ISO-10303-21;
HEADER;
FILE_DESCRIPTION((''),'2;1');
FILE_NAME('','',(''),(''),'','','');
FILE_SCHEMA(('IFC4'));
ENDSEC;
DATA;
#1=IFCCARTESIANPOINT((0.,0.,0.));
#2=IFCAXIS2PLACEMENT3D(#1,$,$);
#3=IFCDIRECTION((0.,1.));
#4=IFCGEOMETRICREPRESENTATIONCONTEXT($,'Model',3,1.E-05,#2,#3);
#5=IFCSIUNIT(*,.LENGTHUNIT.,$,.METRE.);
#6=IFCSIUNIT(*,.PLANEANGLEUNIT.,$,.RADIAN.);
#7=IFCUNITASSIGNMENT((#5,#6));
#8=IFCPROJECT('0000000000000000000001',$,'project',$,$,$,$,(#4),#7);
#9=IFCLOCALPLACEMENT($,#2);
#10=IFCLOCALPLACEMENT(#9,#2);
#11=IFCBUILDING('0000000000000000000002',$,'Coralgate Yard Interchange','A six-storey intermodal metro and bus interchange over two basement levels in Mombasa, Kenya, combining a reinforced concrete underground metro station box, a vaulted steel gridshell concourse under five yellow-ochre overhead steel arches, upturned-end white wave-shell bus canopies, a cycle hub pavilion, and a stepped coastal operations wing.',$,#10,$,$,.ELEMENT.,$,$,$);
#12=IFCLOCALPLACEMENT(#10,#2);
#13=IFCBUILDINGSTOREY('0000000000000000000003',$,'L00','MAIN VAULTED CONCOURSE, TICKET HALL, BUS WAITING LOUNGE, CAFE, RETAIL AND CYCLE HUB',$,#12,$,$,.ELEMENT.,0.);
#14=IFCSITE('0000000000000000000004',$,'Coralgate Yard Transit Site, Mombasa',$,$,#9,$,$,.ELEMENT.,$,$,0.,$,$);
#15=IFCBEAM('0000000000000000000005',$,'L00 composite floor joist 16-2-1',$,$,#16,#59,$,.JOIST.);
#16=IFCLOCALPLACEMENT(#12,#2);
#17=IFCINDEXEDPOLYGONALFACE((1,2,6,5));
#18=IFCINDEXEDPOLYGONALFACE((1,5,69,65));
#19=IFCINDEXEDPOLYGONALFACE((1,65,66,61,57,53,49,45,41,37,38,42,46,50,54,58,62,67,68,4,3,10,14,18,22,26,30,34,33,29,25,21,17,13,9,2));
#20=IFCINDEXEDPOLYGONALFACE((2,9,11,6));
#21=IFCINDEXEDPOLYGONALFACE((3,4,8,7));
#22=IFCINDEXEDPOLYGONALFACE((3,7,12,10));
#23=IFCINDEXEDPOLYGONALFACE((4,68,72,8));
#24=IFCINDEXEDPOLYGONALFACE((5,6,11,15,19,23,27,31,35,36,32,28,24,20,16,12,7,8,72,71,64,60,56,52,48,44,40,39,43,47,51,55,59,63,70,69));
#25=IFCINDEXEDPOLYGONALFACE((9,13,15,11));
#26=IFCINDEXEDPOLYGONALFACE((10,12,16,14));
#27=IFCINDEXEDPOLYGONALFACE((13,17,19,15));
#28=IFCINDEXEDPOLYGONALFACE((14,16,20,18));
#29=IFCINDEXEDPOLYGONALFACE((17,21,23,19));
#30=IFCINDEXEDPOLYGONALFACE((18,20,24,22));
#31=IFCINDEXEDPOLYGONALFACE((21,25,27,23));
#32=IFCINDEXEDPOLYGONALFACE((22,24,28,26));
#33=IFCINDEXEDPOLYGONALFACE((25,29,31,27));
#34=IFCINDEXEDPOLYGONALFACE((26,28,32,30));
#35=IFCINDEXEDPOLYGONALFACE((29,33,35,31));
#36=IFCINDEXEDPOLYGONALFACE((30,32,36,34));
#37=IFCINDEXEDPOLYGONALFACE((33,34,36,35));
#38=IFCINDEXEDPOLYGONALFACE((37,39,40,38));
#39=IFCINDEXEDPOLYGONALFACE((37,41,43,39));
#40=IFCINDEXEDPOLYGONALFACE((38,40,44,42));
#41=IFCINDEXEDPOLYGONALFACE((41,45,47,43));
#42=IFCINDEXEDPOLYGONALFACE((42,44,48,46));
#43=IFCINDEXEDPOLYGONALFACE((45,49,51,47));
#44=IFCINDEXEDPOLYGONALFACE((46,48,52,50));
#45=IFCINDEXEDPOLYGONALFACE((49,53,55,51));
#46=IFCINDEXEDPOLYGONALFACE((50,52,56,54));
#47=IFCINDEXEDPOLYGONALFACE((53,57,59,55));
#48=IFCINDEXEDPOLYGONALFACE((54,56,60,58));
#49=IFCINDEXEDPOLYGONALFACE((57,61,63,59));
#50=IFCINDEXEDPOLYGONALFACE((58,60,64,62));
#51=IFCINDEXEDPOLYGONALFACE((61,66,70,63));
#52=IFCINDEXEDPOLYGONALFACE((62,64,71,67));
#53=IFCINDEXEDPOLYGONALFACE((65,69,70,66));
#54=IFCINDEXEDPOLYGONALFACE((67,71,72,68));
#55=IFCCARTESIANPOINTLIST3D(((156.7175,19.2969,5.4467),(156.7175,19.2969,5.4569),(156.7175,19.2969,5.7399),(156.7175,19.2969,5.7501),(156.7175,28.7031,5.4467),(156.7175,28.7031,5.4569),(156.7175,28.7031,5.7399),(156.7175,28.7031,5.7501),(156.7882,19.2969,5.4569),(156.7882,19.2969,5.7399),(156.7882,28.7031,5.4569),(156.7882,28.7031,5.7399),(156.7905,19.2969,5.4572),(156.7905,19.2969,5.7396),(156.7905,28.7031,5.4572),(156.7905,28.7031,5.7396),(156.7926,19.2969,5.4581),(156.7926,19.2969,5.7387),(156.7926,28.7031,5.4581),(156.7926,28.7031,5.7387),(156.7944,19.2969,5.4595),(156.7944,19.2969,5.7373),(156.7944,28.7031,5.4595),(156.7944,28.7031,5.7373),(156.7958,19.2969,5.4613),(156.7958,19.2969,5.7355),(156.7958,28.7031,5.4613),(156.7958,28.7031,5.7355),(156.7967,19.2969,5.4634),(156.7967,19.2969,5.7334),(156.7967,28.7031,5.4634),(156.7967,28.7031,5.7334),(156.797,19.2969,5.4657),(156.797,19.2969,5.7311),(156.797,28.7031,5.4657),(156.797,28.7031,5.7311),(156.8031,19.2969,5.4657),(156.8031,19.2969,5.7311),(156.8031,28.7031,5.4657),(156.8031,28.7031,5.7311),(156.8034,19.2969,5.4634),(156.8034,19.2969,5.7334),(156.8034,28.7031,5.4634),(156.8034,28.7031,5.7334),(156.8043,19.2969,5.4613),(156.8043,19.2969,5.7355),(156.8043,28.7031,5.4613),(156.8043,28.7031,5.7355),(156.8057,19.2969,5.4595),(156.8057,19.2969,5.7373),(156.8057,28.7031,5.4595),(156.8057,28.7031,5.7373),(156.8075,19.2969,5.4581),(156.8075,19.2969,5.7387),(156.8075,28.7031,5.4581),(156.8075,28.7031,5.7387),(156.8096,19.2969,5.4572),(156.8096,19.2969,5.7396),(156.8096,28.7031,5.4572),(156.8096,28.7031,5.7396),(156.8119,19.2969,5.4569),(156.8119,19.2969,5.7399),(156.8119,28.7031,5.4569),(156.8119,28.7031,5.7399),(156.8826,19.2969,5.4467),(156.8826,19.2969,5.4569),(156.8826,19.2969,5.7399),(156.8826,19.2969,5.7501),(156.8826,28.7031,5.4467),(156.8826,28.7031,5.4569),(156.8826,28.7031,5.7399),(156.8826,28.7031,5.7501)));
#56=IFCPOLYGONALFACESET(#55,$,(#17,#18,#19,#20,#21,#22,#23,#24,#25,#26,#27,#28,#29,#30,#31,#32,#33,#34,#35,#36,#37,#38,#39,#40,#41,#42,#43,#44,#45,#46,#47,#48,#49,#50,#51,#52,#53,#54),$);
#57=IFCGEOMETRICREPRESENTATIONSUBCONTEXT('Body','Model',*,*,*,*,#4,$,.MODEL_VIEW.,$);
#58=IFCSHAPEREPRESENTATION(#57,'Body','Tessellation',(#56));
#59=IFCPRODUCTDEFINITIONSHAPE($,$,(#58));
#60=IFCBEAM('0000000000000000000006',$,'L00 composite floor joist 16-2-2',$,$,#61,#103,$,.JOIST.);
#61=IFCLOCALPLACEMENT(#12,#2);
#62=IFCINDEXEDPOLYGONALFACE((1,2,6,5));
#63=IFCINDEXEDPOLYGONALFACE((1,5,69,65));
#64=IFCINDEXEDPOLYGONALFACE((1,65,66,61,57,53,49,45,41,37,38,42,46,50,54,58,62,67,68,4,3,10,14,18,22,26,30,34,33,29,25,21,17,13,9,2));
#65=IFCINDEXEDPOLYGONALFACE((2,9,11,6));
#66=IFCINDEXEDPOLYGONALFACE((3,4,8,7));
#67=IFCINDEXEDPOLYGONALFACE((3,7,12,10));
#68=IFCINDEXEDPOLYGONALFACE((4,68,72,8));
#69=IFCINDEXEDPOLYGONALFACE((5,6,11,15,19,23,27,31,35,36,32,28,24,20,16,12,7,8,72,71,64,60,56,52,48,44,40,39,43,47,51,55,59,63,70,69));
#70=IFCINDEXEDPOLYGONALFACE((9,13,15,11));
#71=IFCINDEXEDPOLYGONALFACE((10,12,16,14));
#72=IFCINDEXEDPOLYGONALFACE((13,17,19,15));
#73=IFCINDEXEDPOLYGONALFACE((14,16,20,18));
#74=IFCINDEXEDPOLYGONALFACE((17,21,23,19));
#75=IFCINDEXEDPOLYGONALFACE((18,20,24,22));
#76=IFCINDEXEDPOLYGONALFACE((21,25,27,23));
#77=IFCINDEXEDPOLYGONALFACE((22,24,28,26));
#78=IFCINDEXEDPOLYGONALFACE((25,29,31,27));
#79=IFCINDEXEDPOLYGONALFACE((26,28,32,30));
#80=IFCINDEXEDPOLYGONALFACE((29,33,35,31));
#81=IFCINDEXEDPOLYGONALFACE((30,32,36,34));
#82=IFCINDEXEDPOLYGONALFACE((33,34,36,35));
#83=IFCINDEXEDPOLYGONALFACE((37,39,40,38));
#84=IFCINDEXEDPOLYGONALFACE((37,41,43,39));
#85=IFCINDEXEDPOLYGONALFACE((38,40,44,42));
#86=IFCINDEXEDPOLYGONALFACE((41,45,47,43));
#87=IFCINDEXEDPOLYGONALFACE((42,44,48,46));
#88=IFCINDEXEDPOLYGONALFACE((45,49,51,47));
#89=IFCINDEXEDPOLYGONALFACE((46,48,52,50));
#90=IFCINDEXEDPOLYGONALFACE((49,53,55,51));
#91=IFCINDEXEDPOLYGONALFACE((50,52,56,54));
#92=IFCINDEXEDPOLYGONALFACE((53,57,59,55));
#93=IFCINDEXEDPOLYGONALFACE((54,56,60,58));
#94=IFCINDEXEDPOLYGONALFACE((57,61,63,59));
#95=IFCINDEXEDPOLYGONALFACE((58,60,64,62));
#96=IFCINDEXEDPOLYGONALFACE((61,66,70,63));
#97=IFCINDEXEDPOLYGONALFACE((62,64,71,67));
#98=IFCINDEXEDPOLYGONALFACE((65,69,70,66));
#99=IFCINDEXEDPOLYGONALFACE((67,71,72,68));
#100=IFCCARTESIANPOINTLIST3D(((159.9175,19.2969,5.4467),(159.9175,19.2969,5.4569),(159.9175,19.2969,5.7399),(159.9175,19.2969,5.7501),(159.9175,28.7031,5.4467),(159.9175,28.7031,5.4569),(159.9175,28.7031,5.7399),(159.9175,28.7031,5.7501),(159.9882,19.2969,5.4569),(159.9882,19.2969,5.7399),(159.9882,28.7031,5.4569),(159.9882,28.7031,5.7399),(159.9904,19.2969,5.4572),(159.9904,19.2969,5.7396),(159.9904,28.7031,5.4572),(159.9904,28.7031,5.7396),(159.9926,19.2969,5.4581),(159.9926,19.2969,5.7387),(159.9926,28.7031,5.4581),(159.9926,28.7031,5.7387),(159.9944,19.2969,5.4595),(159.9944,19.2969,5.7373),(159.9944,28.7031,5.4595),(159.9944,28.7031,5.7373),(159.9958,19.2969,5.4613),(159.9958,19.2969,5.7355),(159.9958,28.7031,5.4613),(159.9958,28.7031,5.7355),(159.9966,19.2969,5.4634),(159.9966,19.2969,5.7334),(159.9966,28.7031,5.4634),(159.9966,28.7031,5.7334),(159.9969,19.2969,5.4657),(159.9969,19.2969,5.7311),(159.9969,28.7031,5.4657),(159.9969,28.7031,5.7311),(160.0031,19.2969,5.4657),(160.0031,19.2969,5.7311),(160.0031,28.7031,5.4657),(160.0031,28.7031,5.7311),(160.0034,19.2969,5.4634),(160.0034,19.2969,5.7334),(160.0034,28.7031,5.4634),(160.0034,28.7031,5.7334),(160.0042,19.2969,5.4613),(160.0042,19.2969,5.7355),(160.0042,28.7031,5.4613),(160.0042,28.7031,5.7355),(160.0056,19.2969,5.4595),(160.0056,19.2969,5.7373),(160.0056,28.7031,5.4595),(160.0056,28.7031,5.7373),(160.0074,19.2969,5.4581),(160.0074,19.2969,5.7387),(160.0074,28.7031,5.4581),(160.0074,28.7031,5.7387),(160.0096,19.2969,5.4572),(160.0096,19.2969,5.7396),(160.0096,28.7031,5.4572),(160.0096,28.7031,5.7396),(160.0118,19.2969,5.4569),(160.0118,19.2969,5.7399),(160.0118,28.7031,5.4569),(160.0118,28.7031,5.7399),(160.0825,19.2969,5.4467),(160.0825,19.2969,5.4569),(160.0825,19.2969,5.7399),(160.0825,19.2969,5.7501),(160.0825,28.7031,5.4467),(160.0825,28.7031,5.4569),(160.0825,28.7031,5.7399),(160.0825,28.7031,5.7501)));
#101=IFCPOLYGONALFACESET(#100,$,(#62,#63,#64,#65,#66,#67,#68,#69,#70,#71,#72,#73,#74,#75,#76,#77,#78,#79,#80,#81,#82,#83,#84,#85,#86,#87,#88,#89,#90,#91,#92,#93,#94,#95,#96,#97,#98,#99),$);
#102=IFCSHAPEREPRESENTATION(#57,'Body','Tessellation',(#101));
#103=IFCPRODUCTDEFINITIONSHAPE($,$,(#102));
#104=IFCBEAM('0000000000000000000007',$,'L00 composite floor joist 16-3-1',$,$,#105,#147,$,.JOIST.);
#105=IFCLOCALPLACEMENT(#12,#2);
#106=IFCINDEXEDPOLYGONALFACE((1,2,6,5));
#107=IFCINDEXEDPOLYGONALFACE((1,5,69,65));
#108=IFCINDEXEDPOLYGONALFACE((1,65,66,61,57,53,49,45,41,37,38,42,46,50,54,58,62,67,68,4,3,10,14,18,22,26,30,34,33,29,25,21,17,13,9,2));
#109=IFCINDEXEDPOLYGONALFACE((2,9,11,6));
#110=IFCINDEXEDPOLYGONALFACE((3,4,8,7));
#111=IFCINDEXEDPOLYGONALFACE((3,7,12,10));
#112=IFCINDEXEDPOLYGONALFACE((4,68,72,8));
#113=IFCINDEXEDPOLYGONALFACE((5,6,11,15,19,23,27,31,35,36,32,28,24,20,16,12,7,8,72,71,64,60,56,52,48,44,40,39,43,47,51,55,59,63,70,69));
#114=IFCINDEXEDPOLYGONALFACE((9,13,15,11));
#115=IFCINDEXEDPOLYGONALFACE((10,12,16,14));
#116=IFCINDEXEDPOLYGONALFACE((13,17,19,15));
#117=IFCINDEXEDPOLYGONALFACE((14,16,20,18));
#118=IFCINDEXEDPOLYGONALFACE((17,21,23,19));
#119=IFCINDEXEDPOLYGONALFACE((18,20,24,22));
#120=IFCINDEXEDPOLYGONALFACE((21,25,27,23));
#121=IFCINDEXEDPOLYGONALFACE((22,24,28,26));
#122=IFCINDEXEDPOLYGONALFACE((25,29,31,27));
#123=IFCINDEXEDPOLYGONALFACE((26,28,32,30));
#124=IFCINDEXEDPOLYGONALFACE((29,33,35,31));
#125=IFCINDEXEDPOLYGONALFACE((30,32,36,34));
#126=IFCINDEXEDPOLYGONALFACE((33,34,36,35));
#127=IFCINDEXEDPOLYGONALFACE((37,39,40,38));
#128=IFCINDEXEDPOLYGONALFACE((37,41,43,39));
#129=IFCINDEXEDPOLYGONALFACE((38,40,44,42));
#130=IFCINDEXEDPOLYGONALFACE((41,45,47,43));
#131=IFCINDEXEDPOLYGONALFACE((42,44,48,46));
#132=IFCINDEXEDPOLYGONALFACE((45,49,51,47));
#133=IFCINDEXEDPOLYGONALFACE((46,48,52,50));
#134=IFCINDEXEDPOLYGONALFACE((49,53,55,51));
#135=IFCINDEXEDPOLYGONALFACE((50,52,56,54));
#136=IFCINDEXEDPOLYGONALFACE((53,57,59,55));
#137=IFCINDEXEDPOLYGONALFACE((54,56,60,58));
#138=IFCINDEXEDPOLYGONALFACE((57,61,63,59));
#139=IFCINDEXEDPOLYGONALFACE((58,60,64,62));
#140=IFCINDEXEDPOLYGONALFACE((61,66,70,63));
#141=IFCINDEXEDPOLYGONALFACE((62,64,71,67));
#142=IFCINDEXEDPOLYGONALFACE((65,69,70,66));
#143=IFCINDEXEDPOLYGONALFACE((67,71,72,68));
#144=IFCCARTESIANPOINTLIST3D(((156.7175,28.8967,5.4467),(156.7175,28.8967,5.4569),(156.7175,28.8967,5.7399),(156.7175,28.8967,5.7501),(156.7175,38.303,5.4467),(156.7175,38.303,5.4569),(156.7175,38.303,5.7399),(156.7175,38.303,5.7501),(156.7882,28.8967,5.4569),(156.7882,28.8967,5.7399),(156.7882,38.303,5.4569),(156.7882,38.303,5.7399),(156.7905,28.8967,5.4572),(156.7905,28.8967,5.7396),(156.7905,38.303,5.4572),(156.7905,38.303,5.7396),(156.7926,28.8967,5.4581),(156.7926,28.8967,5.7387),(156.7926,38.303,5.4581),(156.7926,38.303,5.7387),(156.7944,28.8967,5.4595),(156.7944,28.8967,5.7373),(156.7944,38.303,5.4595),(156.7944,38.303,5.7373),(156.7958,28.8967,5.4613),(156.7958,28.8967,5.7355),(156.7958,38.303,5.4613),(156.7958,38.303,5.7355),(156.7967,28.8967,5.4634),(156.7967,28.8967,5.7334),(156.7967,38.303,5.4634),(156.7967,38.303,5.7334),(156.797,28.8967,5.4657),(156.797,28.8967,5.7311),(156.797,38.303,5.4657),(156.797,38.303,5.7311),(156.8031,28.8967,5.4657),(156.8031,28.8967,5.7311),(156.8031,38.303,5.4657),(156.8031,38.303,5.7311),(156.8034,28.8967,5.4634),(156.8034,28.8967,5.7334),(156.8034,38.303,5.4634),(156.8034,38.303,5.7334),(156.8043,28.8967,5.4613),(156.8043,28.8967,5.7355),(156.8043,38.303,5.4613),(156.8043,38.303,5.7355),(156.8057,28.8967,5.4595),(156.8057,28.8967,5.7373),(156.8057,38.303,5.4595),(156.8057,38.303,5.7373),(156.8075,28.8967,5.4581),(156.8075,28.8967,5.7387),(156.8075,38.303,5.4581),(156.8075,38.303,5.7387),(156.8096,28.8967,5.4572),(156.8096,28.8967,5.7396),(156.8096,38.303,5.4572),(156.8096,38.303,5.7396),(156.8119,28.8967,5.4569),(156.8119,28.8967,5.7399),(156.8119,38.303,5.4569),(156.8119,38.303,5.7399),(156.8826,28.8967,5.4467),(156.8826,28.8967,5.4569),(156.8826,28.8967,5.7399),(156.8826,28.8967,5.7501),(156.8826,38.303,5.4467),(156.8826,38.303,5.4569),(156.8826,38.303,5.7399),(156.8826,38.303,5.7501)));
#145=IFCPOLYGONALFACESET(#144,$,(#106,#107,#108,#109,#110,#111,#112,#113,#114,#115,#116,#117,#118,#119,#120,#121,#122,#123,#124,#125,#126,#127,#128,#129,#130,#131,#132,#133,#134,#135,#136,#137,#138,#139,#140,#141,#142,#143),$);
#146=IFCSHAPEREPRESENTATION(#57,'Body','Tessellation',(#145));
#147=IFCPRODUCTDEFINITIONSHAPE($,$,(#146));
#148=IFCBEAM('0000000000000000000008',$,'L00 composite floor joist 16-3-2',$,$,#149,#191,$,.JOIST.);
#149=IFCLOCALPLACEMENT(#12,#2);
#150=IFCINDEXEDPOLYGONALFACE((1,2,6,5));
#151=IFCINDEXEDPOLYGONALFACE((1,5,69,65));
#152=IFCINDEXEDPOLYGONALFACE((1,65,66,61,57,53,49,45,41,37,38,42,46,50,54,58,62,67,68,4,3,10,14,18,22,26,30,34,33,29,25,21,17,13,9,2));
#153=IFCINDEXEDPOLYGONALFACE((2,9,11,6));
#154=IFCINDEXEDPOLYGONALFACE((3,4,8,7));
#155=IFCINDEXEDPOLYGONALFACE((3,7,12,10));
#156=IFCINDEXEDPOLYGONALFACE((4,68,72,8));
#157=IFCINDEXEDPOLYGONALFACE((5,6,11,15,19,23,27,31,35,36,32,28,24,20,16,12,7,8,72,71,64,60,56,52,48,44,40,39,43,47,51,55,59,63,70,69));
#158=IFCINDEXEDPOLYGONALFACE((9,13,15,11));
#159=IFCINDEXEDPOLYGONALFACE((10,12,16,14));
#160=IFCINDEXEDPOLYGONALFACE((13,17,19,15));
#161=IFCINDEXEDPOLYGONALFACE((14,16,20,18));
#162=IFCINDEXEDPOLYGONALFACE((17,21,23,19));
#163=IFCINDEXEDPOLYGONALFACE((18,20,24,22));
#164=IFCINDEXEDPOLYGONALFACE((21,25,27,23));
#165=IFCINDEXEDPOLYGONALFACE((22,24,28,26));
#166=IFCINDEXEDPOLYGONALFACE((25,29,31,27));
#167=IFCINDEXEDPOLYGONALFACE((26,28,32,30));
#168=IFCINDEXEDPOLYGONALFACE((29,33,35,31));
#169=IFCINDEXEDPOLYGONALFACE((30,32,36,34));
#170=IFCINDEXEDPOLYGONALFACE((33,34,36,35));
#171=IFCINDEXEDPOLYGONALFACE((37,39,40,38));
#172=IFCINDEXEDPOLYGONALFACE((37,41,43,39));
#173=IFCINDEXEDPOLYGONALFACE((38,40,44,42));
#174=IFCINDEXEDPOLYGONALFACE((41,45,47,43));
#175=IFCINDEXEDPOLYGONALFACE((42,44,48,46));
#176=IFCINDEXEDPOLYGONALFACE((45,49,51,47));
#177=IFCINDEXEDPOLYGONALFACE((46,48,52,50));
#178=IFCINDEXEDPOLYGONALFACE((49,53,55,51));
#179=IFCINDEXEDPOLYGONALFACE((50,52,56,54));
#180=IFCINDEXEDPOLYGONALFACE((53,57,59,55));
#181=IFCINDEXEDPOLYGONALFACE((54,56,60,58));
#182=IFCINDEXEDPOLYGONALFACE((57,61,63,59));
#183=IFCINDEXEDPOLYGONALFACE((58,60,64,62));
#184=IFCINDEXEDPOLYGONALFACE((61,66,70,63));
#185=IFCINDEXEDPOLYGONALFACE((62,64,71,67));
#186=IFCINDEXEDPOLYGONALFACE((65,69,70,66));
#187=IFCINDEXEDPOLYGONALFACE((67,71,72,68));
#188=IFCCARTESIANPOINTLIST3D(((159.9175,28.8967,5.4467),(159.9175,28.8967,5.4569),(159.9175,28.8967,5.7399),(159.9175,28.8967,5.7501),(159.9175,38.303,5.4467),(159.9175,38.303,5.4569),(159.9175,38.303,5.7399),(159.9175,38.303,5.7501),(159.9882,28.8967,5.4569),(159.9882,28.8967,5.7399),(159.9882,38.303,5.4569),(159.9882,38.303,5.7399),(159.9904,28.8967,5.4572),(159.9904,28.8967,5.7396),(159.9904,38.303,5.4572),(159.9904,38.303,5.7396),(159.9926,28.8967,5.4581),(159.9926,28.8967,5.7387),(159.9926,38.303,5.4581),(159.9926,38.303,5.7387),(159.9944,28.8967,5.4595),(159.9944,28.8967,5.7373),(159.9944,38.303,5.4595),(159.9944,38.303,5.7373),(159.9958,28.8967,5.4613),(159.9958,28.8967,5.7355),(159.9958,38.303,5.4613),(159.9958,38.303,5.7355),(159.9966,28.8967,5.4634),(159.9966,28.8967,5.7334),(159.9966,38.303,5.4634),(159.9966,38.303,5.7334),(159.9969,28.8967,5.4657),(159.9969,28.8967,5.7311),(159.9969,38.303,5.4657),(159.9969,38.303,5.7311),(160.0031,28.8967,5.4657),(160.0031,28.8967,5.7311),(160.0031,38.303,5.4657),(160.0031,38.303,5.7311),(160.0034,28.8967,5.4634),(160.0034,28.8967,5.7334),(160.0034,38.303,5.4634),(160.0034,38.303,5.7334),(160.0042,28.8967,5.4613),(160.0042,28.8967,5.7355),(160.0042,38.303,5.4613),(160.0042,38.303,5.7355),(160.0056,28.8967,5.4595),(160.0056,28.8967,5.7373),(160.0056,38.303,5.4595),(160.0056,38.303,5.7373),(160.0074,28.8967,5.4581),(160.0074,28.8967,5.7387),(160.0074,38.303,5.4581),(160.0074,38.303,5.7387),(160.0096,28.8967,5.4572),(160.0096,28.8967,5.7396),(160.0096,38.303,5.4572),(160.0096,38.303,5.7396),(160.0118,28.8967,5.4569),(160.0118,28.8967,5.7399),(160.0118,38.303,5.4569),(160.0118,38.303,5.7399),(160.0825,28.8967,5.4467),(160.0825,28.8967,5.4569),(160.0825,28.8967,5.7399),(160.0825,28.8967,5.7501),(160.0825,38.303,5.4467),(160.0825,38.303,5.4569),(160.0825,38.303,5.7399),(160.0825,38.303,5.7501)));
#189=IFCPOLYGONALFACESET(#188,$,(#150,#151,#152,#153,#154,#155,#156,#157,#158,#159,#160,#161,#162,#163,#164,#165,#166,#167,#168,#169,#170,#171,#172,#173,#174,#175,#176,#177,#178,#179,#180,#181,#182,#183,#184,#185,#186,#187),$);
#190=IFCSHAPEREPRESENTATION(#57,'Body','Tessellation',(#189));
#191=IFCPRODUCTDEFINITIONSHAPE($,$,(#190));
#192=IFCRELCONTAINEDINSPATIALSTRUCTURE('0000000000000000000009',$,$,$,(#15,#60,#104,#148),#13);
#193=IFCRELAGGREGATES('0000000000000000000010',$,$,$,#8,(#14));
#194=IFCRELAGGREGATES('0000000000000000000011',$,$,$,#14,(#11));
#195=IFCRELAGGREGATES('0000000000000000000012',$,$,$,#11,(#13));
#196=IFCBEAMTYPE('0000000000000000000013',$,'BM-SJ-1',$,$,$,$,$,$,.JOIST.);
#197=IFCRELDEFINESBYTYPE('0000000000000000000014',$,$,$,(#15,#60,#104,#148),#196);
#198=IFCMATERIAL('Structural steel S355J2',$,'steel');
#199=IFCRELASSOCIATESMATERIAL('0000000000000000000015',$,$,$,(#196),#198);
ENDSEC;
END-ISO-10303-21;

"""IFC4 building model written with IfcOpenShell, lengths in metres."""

from ifc_helpers import new_model, si_unit, direction, frame, origin, origin_2d, place, context, subcontext, project, spatial, i_section, extrude, material, material_profile, profile_set, type_object, element, save


model = new_model("IFC4")

# Units and contexts
model_context = context("Model", 3, precision=1e-05, world=origin(), true_north=direction((0.0, 1.0)))
body_context = subcontext(model_context, "Body", "Model", "MODEL_VIEW")
ifc_project = project(units=[si_unit("LENGTHUNIT", "METRE"), si_unit("PLANEANGLEUNIT", "RADIAN")], contexts=[model_context])

# Site, building, storey
site_placement = place(None, origin())
site = spatial("IfcSite", under=ifc_project, at=site_placement, Name="Coralgate Yard Transit Site, Mombasa", CompositionType="ELEMENT", RefElevation=0.0)
building_placement = place(site_placement, origin())
building = spatial("IfcBuilding", under=site, at=building_placement, Name="Coralgate Yard Interchange", Description="A six-storey intermodal metro and bus interchange over two basement levels in Mombasa, Kenya, combining a reinforced concrete underground metro station box, a vaulted steel gridshell concourse under five yellow-ochre overhead steel arches, upturned-end white wave-shell bus canopies, a cycle hub pavilion, and a stepped coastal operations wing.", CompositionType="ELEMENT")
storey_placement = place(building_placement, origin())
storey = spatial("IfcBuildingStorey", under=building, at=storey_placement, Name="L00", Description="MAIN VAULTED CONCOURSE, TICKET HALL, BUS WAITING LOUNGE, CAFE, RETAIL AND CYCLE HUB", CompositionType="ELEMENT", Elevation=0.0)

# Shared definitions
ifc_material_1 = material(Name="Structural steel S355J2", Category="steel")

# Beams
ifc_material_profile_1 = material_profile(ifc_material_1, i_section(OverallWidth=0.165, OverallDepth=0.3035, WebThickness=0.0061, FlangeThickness=0.0103, FilletRadius=0.0088, at=origin_2d()), Name="UB 305x165x40")
ifc_profile_set_1 = profile_set([ifc_material_profile_1], Name="Structural steel S355J2")
beam_type_1 = type_object("IfcBeamType", Name="BM-SJ-1", PredefinedType="JOIST", material=ifc_profile_set_1)
for number, where, z_axis, x_axis, name in (
    (1, (156.8, 19.2969, 5.5984), (0.0, 1.0, 0.0), (-1.0, 0.0, 0.0), "L00 composite floor joist 16-2-1"),
    (2, (160.0, 19.2969, 5.5984), (0.0, 1.0, 0.0), (-1.0, 0.0, 0.0), "L00 composite floor joist 16-2-2"),
    (3, (156.8, 28.8967, 5.5984), (0.0, 1.0, 0.0), (-1.0, 0.0, 0.0), "L00 composite floor joist 16-3-1"),
    (4, (160.0, 28.8967, 5.5984), (0.0, 1.0, 0.0), (-1.0, 0.0, 0.0), "L00 composite floor joist 16-3-2"),
):
    element("IfcBeam", number, at=place(storey_placement, frame(where, z_axis=z_axis, x_axis=x_axis)), inside=storey, type_object=beam_type_1, Name=name, PredefinedType="JOIST", context=body_context, shape_type="SweptSolid", body=[
        extrude(i_section(OverallWidth=0.165, OverallDepth=0.3035, WebThickness=0.0061, FlangeThickness=0.0103, FilletRadius=0.0088, at=origin_2d()), origin(), (0.0, 0.0, 1.0), 9.4062),
    ])

save(model, "model.ifc")
